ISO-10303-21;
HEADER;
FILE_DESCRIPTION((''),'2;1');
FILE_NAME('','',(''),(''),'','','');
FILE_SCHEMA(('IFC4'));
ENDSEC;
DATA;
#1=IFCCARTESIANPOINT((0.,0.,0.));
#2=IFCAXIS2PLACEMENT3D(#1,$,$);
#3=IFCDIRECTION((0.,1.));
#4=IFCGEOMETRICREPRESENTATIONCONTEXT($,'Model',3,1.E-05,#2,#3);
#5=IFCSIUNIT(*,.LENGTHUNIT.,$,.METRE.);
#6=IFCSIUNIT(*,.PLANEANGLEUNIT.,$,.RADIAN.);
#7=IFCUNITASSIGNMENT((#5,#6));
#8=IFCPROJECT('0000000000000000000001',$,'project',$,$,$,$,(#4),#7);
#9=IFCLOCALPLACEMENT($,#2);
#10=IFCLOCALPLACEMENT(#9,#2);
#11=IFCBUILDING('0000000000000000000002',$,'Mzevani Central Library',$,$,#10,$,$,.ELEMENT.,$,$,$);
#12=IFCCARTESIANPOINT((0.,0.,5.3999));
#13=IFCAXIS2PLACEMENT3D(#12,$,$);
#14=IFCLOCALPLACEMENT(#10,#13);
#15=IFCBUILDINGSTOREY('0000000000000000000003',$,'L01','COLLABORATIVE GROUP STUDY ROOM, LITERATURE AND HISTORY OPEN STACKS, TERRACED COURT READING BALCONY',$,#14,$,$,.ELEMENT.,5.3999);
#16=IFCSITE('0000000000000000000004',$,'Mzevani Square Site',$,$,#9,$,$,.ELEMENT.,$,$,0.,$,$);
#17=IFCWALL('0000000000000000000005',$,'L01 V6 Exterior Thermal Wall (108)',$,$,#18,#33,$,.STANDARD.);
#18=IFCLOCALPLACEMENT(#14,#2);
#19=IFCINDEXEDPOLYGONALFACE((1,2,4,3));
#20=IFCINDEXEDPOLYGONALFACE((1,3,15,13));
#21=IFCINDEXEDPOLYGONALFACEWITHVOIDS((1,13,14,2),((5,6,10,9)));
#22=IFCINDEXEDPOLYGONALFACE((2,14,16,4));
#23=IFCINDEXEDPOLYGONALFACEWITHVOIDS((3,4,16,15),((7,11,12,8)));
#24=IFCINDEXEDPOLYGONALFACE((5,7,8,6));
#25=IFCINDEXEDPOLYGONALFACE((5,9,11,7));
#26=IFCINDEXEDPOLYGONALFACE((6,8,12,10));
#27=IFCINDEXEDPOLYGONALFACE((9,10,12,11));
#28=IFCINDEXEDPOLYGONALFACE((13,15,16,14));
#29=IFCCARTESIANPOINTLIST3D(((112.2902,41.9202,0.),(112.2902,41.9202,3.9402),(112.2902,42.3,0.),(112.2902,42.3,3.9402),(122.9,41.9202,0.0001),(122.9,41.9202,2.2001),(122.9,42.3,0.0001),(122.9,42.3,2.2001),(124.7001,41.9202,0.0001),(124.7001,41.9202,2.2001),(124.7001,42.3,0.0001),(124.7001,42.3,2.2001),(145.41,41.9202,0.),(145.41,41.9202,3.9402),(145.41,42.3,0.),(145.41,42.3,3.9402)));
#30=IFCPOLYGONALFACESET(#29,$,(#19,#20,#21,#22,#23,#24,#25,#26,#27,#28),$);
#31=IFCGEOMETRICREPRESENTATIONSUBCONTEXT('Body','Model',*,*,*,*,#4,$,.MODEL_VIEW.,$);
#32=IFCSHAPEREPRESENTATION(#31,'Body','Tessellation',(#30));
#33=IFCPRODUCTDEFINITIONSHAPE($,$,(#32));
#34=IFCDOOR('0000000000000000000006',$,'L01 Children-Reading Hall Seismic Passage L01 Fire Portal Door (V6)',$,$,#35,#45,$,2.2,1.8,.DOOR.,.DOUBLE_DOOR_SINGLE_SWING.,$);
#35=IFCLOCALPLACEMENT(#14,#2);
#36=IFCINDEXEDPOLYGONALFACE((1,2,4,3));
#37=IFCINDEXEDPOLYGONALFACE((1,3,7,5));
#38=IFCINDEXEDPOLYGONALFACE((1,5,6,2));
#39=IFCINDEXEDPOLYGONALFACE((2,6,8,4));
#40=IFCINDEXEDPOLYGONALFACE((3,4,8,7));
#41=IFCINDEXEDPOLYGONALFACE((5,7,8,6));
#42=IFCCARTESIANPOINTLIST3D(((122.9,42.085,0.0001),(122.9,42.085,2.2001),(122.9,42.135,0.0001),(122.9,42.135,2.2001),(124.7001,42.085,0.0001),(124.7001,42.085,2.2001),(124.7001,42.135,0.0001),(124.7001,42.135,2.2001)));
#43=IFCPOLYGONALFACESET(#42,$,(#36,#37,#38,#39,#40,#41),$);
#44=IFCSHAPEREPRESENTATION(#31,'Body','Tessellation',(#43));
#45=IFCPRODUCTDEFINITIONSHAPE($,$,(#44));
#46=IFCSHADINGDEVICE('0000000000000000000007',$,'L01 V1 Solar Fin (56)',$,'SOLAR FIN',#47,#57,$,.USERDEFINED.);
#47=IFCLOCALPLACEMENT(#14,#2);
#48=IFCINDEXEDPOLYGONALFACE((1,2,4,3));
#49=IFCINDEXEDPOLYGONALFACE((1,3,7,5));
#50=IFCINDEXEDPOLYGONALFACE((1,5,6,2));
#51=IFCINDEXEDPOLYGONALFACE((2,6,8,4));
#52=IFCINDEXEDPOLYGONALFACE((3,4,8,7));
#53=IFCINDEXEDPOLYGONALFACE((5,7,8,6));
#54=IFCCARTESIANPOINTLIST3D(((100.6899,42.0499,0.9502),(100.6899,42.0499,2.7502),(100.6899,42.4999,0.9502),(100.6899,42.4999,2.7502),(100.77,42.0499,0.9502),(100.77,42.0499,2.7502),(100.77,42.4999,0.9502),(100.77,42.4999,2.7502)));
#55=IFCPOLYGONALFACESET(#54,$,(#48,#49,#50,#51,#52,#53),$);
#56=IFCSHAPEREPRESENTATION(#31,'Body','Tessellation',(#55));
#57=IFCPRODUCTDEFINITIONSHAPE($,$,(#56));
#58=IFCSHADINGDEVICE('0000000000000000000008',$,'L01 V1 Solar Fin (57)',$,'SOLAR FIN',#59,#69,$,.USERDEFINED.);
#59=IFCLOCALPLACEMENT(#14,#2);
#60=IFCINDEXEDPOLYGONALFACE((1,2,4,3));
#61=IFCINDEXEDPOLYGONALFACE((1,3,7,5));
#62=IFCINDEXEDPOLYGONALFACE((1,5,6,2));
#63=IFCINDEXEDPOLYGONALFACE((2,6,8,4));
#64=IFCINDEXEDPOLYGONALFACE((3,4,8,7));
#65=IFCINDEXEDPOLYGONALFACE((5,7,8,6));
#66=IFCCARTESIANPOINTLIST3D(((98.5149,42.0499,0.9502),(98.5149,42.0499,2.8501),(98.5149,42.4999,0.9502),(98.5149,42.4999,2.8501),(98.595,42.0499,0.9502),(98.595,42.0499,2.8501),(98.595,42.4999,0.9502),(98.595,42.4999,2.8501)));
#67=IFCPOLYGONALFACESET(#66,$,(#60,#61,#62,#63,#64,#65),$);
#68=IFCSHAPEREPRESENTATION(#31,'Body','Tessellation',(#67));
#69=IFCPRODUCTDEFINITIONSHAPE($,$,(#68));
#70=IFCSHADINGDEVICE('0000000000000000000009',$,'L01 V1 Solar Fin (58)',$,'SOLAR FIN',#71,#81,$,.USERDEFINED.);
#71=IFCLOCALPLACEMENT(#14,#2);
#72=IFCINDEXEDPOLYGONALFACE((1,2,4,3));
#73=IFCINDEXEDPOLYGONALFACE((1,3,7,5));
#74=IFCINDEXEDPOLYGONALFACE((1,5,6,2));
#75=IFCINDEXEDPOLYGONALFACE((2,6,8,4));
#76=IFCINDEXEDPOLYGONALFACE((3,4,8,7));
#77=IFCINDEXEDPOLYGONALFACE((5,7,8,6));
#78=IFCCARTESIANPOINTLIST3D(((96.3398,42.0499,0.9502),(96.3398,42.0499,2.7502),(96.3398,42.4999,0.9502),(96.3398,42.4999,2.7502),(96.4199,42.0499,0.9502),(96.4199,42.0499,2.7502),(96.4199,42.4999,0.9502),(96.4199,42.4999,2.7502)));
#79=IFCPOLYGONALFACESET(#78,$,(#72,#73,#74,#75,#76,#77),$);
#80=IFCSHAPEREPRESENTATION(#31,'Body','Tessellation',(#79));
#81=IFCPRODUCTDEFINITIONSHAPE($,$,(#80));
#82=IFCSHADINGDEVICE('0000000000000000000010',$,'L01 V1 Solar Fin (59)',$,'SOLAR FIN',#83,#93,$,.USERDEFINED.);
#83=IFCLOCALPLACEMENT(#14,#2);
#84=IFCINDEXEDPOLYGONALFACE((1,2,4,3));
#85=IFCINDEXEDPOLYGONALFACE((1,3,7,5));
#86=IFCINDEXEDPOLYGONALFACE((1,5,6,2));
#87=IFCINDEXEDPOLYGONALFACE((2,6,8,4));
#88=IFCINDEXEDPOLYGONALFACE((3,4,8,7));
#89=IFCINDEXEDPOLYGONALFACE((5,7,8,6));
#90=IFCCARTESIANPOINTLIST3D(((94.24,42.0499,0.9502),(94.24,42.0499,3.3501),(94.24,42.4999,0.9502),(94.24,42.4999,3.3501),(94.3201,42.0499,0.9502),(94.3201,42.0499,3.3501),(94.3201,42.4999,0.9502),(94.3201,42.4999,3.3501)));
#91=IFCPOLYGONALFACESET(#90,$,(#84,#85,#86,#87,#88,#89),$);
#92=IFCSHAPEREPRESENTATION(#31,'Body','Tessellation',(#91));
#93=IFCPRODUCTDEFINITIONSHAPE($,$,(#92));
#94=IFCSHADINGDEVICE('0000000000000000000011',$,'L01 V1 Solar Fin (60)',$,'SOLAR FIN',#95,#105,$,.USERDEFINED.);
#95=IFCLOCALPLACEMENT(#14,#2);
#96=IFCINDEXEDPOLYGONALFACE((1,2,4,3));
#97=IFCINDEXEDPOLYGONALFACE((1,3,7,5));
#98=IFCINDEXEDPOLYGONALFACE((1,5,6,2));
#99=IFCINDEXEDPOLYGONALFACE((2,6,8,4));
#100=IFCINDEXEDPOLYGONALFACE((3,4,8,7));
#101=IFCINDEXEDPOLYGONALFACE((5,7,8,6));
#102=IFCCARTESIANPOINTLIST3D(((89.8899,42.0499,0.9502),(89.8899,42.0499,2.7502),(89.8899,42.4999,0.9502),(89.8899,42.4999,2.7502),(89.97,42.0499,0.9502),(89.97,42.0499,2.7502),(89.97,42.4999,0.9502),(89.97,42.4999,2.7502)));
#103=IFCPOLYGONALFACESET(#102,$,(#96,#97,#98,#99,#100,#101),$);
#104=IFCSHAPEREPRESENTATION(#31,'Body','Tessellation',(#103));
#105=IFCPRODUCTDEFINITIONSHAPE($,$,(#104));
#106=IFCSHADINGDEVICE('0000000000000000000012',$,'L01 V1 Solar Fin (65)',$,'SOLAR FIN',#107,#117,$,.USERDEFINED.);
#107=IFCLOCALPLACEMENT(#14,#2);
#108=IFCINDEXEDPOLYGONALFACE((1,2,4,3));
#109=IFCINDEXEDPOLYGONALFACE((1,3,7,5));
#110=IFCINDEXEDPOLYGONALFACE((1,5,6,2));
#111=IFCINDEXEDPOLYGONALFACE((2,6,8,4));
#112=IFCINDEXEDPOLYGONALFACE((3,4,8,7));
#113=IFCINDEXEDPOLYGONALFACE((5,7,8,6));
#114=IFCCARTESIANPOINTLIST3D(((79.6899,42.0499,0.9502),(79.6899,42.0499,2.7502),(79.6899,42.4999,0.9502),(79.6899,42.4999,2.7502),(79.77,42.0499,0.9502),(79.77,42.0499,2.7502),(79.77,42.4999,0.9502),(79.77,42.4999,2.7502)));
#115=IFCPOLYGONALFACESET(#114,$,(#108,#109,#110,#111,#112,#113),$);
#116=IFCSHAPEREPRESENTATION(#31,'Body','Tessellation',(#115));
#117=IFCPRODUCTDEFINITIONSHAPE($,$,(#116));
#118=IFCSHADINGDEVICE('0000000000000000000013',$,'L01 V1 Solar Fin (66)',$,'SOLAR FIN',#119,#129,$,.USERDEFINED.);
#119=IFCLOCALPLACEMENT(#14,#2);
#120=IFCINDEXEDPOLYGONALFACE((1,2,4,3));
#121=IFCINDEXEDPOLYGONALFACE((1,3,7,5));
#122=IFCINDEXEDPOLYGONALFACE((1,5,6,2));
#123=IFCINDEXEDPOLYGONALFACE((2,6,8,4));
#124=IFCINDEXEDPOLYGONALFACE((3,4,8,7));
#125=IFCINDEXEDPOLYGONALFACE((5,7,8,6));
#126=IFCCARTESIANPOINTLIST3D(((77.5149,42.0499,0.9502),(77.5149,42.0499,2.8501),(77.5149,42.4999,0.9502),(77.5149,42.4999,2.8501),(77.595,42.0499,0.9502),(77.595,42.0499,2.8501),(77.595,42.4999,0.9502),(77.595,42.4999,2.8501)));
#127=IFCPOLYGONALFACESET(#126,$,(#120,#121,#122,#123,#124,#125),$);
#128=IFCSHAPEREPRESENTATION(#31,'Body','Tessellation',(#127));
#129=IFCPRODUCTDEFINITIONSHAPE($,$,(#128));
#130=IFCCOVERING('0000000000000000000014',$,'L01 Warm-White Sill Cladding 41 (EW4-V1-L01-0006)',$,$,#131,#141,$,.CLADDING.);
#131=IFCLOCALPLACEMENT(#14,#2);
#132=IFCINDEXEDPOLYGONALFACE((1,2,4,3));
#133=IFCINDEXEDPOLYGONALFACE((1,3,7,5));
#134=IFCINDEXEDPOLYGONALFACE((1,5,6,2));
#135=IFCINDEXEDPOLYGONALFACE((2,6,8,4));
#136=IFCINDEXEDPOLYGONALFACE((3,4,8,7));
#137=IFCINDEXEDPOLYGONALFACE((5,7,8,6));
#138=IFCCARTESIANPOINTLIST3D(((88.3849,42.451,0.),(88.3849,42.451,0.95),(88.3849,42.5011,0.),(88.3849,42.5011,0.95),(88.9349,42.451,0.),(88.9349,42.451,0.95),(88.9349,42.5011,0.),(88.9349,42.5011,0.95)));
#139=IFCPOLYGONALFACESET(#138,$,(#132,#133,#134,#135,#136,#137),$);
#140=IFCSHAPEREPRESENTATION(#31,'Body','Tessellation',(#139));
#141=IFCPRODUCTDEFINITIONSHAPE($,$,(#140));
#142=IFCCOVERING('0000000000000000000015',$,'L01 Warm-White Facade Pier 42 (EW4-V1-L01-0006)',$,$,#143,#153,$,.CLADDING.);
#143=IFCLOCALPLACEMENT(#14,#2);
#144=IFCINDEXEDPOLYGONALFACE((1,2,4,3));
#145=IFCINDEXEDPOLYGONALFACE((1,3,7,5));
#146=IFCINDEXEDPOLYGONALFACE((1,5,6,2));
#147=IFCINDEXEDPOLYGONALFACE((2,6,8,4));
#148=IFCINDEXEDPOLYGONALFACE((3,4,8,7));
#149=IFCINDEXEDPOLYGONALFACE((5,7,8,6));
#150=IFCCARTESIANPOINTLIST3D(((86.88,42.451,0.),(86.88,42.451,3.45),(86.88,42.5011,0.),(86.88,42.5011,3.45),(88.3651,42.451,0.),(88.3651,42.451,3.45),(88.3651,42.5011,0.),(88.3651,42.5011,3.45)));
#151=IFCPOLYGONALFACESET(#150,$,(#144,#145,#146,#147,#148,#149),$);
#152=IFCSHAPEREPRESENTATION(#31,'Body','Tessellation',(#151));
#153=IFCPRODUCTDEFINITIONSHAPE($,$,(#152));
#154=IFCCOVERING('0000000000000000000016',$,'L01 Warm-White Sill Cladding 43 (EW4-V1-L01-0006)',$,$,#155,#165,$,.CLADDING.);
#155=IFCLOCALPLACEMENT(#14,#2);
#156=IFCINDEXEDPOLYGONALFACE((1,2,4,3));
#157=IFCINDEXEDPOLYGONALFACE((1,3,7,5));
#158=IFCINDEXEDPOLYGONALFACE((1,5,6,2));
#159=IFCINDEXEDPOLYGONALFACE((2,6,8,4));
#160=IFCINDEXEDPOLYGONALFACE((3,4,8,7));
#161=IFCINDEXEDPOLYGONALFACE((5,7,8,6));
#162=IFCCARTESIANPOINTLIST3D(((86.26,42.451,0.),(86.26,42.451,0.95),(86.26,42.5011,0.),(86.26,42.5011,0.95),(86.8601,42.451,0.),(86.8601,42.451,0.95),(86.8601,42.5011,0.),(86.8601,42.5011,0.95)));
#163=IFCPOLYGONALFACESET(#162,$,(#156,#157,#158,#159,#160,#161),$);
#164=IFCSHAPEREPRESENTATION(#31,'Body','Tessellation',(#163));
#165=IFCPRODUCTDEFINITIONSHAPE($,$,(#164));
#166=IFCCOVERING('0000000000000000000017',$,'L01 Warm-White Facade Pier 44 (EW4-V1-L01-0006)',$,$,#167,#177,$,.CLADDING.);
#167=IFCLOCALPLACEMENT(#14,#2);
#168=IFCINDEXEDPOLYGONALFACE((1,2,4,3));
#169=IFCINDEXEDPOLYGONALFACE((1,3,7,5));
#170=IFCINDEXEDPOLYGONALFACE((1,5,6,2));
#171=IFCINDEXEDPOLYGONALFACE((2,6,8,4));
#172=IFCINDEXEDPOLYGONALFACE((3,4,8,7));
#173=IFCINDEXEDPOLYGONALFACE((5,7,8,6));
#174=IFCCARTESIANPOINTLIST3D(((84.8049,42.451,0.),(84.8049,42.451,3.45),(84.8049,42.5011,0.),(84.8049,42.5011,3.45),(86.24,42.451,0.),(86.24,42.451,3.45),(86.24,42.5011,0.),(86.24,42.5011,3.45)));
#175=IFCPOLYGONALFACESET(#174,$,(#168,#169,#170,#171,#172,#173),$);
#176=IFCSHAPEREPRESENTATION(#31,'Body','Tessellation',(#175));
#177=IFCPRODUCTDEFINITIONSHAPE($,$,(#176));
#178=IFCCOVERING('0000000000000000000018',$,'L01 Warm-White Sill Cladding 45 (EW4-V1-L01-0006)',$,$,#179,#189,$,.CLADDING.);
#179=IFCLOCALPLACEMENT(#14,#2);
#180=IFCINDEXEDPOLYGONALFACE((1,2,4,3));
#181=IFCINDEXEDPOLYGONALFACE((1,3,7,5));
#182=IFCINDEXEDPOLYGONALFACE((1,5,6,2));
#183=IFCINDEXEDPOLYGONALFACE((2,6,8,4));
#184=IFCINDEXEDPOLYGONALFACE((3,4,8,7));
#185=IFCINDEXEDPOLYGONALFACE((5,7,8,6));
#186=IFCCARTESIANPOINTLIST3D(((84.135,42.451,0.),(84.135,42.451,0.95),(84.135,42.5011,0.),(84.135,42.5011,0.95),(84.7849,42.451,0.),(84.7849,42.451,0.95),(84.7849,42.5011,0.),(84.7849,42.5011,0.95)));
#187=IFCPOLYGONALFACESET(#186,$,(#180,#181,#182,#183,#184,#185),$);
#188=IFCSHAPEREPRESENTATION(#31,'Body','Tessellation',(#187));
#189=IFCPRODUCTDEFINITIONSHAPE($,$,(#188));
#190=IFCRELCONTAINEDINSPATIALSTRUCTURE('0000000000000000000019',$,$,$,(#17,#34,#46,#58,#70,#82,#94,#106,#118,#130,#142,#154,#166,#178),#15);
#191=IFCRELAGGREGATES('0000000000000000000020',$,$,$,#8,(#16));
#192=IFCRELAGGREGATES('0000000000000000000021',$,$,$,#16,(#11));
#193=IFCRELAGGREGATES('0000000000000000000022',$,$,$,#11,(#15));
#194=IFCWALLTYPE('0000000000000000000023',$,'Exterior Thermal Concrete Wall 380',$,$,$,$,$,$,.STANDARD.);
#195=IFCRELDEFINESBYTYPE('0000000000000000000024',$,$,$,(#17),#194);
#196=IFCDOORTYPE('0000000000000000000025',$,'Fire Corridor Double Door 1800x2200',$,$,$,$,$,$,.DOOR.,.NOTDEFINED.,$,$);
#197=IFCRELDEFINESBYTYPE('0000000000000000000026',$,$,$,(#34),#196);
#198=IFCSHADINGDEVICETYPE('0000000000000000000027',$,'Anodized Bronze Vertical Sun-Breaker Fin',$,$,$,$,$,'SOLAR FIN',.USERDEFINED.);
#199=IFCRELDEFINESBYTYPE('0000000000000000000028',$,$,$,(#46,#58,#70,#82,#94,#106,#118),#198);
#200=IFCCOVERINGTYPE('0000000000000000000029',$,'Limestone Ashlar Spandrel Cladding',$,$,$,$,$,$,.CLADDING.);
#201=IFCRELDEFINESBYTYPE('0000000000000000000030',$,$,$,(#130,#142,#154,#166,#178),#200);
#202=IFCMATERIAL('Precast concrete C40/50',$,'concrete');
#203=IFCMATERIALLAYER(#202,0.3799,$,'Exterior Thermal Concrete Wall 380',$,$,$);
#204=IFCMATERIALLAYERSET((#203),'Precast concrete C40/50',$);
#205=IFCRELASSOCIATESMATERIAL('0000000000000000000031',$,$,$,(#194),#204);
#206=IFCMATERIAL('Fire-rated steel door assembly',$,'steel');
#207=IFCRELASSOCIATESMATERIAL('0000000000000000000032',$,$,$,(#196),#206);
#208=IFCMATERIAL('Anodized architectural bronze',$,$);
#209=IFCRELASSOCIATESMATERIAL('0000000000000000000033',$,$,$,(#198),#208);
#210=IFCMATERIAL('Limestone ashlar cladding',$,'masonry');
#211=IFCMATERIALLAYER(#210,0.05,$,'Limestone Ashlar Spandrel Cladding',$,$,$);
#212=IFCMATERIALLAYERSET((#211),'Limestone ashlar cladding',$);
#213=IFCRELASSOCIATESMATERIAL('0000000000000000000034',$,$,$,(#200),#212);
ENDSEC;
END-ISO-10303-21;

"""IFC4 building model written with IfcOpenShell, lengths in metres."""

from ifc_helpers import new_model, si_unit, direction, frame, frame_2d, origin, origin_2d, place, context, subcontext, project, spatial, rectangle, extrude, material, layer, layer_set, type_object, element, fill, save


model = new_model("IFC4")

# Units and contexts
model_context = context("Model", 3, precision=1e-05, world=origin(), true_north=direction((0.0, 1.0)))
body_context = subcontext(model_context, "Body", "Model", "MODEL_VIEW")
ifc_project = project(units=[si_unit("LENGTHUNIT", "METRE"), si_unit("PLANEANGLEUNIT", "RADIAN")], contexts=[model_context])

# Site, building, storey
site_placement = place(None, origin())
site = spatial("IfcSite", under=ifc_project, at=site_placement, Name="Mzevani Square Site", CompositionType="ELEMENT", RefElevation=0.0)
building_placement = place(site_placement, origin())
building = spatial("IfcBuilding", under=site, at=building_placement, Name="Mzevani Central Library", CompositionType="ELEMENT")
storey_placement = place(building_placement, frame((0.0, 0.0, 5.3999)))
storey = spatial("IfcBuildingStorey", under=building, at=storey_placement, Name="L01", Description="COLLABORATIVE GROUP STUDY ROOM, LITERATURE AND HISTORY OPEN STACKS, TERRACED COURT READING BALCONY", CompositionType="ELEMENT", Elevation=5.3999)

# Wall, opening, door
ifc_material_1 = material(Name="Precast concrete C40/50", Category="concrete")
ifc_layer_1 = layer(ifc_material_1, 0.3799, Name="Exterior Thermal Concrete Wall 380")
ifc_layer_set_1 = layer_set([ifc_layer_1], Name="Precast concrete C40/50")
wall_type = type_object("IfcWallType", Name="Exterior Thermal Concrete Wall 380", PredefinedType="STANDARD", material=ifc_layer_set_1)
wall_placement = place(storey_placement, frame((112.29, 42.1101, 0.0), z_axis=(0.0, 0.0, 1.0), x_axis=(1.0, 0.0, 0.0)))
wall = element("IfcWall", 1, at=wall_placement, inside=storey, type_object=wall_type, Name="L01 V6 Exterior Thermal Wall (108)", PredefinedType="STANDARD", context=body_context, shape_type="SweptSolid", body=[
    extrude(rectangle(XDim=33.1199, YDim=0.3799, at=frame_2d((16.5601, 0.0))), origin(), (0.0, 0.0, 1.0), 3.9402),
])
opening_placement = place(wall_placement, frame((10.6101, 0.0, 0.0)))
opening = element("IfcOpeningElement", 2, at=opening_placement, cuts=wall, PredefinedType="OPENING", context=body_context, shape_type="SweptSolid", body=[
    extrude(rectangle(XDim=1.8, YDim=2.2, at=frame_2d((0.8999, 1.1001))), frame((0.0, 0.2, 0.0), z_axis=(0.0, -1.0, 0.0), x_axis=(1.0, 0.0, 0.0)), (0.0, 0.0, 1.0), 0.3999),
])
ifc_material_2 = material(Name="Fire-rated steel door assembly", Category="steel")
door_type = type_object("IfcDoorType", Name="Fire Corridor Double Door 1800x2200", OperationType="NOTDEFINED", PredefinedType="DOOR", material=ifc_material_2)
door_placement = place(opening_placement, origin())
door = element("IfcDoor", 3, at=door_placement, inside=storey, type_object=door_type, Name="L01 Children-Reading Hall Seismic Passage L01 Fire Portal Door (V6)", OperationType="DOUBLE_DOOR_SINGLE_SWING", OverallHeight=2.2, OverallWidth=1.8, PredefinedType="DOOR", context=body_context, shape_type="SweptSolid", body=[
    extrude(rectangle(XDim=1.8, YDim=2.2, at=frame_2d((0.8999, 1.1001))), frame((0.0, 0.0249, 0.0), z_axis=(0.0, -1.0, 0.0), x_axis=(1.0, 0.0, 0.0)), (0.0, 0.0, 1.0), 0.05),
])
fill(opening, door)

# Shading devices
ifc_material_3 = material(Name="Anodized architectural bronze")
shading_device_type = type_object("IfcShadingDeviceType", Name="Anodized Bronze Vertical Sun-Breaker Fin", ElementType="SOLAR FIN", PredefinedType="USERDEFINED", material=ifc_material_3)
shading_device_1_placement = place(storey_placement, frame((100.73, 42.2749, 0.9502), z_axis=(0.0, 0.0, 1.0), x_axis=(-1.0, 0.0, 0.0)))
element("IfcShadingDevice", 4, at=shading_device_1_placement, inside=storey, type_object=shading_device_type, Name="L01 V1 Solar Fin (56)", ObjectType="SOLAR FIN", PredefinedType="USERDEFINED", context=body_context, shape_type="SweptSolid", body=[
    extrude(rectangle(XDim=0.0801, YDim=0.45, at=origin_2d()), origin(), (0.0, 0.0, 1.0), 1.8),
])
shading_device_2_placement = place(storey_placement, frame((98.5549, 42.2749, 0.9502), z_axis=(0.0, 0.0, 1.0), x_axis=(-1.0, 0.0, 0.0)))
element("IfcShadingDevice", 5, at=shading_device_2_placement, inside=storey, type_object=shading_device_type, Name="L01 V1 Solar Fin (57)", ObjectType="SOLAR FIN", PredefinedType="USERDEFINED", context=body_context, shape_type="SweptSolid", body=[
    extrude(rectangle(XDim=0.0801, YDim=0.45, at=origin_2d()), origin(), (0.0, 0.0, 1.0), 1.8999),
])
shading_device_3_placement = place(storey_placement, frame((96.3799, 42.2749, 0.9502), z_axis=(0.0, 0.0, 1.0), x_axis=(-1.0, 0.0, 0.0)))
element("IfcShadingDevice", 6, at=shading_device_3_placement, inside=storey, type_object=shading_device_type, Name="L01 V1 Solar Fin (58)", ObjectType="SOLAR FIN", PredefinedType="USERDEFINED", context=body_context, shape_type="SweptSolid", body=[
    extrude(rectangle(XDim=0.0801, YDim=0.45, at=origin_2d()), origin(), (0.0, 0.0, 1.0), 1.8),
])
shading_device_4_placement = place(storey_placement, frame((94.28, 42.2749, 0.9502), z_axis=(0.0, 0.0, 1.0), x_axis=(-1.0, 0.0, 0.0)))
element("IfcShadingDevice", 7, at=shading_device_4_placement, inside=storey, type_object=shading_device_type, Name="L01 V1 Solar Fin (59)", ObjectType="SOLAR FIN", PredefinedType="USERDEFINED", context=body_context, shape_type="SweptSolid", body=[
    extrude(rectangle(XDim=0.0801, YDim=0.45, at=origin_2d()), origin(), (0.0, 0.0, 1.0), 2.3999),
])
for number, where, z_axis, x_axis, name in (
    (8, (89.9299, 42.2749, 0.9502), (0.0, 0.0, 1.0), (-1.0, 0.0, 0.0), "L01 V1 Solar Fin (60)"),
    (9, (79.73, 42.2749, 0.9502), (0.0, 0.0, 1.0), (-1.0, 0.0, 0.0), "L01 V1 Solar Fin (65)"),
):
    element("IfcShadingDevice", number, at=place(storey_placement, frame(where, z_axis=z_axis, x_axis=x_axis)), inside=storey, type_object=shading_device_type, Name=name, ObjectType="SOLAR FIN", PredefinedType="USERDEFINED", context=body_context, shape_type="SweptSolid", body=[
        extrude(rectangle(XDim=0.0801, YDim=0.45, at=origin_2d()), origin(), (0.0, 0.0, 1.0), 1.8),
    ])
shading_device_5_placement = place(storey_placement, frame((77.5549, 42.2749, 0.9502), z_axis=(0.0, 0.0, 1.0), x_axis=(-1.0, 0.0, 0.0)))
element("IfcShadingDevice", 10, at=shading_device_5_placement, inside=storey, type_object=shading_device_type, Name="L01 V1 Solar Fin (66)", ObjectType="SOLAR FIN", PredefinedType="USERDEFINED", context=body_context, shape_type="SweptSolid", body=[
    extrude(rectangle(XDim=0.0801, YDim=0.45, at=origin_2d()), origin(), (0.0, 0.0, 1.0), 1.8999),
])

# Coverings
ifc_material_4 = material(Name="Limestone ashlar cladding", Category="masonry")
ifc_layer_2 = layer(ifc_material_4, 0.05, Name="Limestone Ashlar Spandrel Cladding")
ifc_layer_set_2 = layer_set([ifc_layer_2], Name="Limestone ashlar cladding")
covering_type = type_object("IfcCoveringType", Name="Limestone Ashlar Spandrel Cladding", PredefinedType="CLADDING", material=ifc_layer_set_2)
covering_1_placement = place(storey_placement, frame((88.6599, 42.4761, 0.0), z_axis=(0.0, 0.0, 1.0), x_axis=(-1.0, 0.0, 0.0)))
element("IfcCovering", 11, at=covering_1_placement, inside=storey, type_object=covering_type, Name="L01 Warm-White Sill Cladding 41 (EW4-V1-L01-0006)", PredefinedType="CLADDING", context=body_context, shape_type="SweptSolid", body=[
    extrude(rectangle(XDim=0.55, YDim=0.05, at=origin_2d()), origin(), (0.0, 0.0, 1.0), 0.95),
])
covering_2_placement = place(storey_placement, frame((87.6226, 42.4761, 0.0), z_axis=(0.0, 0.0, 1.0), x_axis=(-1.0, 0.0, 0.0)))
element("IfcCovering", 12, at=covering_2_placement, inside=storey, type_object=covering_type, Name="L01 Warm-White Facade Pier 42 (EW4-V1-L01-0006)", PredefinedType="CLADDING", context=body_context, shape_type="SweptSolid", body=[
    extrude(rectangle(XDim=1.4851, YDim=0.05, at=origin_2d()), origin(), (0.0, 0.0, 1.0), 3.45),
])
covering_3_placement = place(storey_placement, frame((86.5601, 42.4761, 0.0), z_axis=(0.0, 0.0, 1.0), x_axis=(-1.0, 0.0, 0.0)))
element("IfcCovering", 13, at=covering_3_placement, inside=storey, type_object=covering_type, Name="L01 Warm-White Sill Cladding 43 (EW4-V1-L01-0006)", PredefinedType="CLADDING", context=body_context, shape_type="SweptSolid", body=[
    extrude(rectangle(XDim=0.6001, YDim=0.05, at=origin_2d()), origin(), (0.0, 0.0, 1.0), 0.95),
])
covering_4_placement = place(storey_placement, frame((85.5225, 42.4761, 0.0), z_axis=(0.0, 0.0, 1.0), x_axis=(-1.0, 0.0, 0.0)))
element("IfcCovering", 14, at=covering_4_placement, inside=storey, type_object=covering_type, Name="L01 Warm-White Facade Pier 44 (EW4-V1-L01-0006)", PredefinedType="CLADDING", context=body_context, shape_type="SweptSolid", body=[
    extrude(rectangle(XDim=1.4351, YDim=0.05, at=origin_2d()), origin(), (0.0, 0.0, 1.0), 3.45),
])
covering_5_placement = place(storey_placement, frame((84.46, 42.4761, 0.0), z_axis=(0.0, 0.0, 1.0), x_axis=(-1.0, 0.0, 0.0)))
element("IfcCovering", 15, at=covering_5_placement, inside=storey, type_object=covering_type, Name="L01 Warm-White Sill Cladding 45 (EW4-V1-L01-0006)", PredefinedType="CLADDING", context=body_context, shape_type="SweptSolid", body=[
    extrude(rectangle(XDim=0.6499, YDim=0.05, at=origin_2d()), origin(), (0.0, 0.0, 1.0), 0.95),
])

save(model, "model.ifc")
